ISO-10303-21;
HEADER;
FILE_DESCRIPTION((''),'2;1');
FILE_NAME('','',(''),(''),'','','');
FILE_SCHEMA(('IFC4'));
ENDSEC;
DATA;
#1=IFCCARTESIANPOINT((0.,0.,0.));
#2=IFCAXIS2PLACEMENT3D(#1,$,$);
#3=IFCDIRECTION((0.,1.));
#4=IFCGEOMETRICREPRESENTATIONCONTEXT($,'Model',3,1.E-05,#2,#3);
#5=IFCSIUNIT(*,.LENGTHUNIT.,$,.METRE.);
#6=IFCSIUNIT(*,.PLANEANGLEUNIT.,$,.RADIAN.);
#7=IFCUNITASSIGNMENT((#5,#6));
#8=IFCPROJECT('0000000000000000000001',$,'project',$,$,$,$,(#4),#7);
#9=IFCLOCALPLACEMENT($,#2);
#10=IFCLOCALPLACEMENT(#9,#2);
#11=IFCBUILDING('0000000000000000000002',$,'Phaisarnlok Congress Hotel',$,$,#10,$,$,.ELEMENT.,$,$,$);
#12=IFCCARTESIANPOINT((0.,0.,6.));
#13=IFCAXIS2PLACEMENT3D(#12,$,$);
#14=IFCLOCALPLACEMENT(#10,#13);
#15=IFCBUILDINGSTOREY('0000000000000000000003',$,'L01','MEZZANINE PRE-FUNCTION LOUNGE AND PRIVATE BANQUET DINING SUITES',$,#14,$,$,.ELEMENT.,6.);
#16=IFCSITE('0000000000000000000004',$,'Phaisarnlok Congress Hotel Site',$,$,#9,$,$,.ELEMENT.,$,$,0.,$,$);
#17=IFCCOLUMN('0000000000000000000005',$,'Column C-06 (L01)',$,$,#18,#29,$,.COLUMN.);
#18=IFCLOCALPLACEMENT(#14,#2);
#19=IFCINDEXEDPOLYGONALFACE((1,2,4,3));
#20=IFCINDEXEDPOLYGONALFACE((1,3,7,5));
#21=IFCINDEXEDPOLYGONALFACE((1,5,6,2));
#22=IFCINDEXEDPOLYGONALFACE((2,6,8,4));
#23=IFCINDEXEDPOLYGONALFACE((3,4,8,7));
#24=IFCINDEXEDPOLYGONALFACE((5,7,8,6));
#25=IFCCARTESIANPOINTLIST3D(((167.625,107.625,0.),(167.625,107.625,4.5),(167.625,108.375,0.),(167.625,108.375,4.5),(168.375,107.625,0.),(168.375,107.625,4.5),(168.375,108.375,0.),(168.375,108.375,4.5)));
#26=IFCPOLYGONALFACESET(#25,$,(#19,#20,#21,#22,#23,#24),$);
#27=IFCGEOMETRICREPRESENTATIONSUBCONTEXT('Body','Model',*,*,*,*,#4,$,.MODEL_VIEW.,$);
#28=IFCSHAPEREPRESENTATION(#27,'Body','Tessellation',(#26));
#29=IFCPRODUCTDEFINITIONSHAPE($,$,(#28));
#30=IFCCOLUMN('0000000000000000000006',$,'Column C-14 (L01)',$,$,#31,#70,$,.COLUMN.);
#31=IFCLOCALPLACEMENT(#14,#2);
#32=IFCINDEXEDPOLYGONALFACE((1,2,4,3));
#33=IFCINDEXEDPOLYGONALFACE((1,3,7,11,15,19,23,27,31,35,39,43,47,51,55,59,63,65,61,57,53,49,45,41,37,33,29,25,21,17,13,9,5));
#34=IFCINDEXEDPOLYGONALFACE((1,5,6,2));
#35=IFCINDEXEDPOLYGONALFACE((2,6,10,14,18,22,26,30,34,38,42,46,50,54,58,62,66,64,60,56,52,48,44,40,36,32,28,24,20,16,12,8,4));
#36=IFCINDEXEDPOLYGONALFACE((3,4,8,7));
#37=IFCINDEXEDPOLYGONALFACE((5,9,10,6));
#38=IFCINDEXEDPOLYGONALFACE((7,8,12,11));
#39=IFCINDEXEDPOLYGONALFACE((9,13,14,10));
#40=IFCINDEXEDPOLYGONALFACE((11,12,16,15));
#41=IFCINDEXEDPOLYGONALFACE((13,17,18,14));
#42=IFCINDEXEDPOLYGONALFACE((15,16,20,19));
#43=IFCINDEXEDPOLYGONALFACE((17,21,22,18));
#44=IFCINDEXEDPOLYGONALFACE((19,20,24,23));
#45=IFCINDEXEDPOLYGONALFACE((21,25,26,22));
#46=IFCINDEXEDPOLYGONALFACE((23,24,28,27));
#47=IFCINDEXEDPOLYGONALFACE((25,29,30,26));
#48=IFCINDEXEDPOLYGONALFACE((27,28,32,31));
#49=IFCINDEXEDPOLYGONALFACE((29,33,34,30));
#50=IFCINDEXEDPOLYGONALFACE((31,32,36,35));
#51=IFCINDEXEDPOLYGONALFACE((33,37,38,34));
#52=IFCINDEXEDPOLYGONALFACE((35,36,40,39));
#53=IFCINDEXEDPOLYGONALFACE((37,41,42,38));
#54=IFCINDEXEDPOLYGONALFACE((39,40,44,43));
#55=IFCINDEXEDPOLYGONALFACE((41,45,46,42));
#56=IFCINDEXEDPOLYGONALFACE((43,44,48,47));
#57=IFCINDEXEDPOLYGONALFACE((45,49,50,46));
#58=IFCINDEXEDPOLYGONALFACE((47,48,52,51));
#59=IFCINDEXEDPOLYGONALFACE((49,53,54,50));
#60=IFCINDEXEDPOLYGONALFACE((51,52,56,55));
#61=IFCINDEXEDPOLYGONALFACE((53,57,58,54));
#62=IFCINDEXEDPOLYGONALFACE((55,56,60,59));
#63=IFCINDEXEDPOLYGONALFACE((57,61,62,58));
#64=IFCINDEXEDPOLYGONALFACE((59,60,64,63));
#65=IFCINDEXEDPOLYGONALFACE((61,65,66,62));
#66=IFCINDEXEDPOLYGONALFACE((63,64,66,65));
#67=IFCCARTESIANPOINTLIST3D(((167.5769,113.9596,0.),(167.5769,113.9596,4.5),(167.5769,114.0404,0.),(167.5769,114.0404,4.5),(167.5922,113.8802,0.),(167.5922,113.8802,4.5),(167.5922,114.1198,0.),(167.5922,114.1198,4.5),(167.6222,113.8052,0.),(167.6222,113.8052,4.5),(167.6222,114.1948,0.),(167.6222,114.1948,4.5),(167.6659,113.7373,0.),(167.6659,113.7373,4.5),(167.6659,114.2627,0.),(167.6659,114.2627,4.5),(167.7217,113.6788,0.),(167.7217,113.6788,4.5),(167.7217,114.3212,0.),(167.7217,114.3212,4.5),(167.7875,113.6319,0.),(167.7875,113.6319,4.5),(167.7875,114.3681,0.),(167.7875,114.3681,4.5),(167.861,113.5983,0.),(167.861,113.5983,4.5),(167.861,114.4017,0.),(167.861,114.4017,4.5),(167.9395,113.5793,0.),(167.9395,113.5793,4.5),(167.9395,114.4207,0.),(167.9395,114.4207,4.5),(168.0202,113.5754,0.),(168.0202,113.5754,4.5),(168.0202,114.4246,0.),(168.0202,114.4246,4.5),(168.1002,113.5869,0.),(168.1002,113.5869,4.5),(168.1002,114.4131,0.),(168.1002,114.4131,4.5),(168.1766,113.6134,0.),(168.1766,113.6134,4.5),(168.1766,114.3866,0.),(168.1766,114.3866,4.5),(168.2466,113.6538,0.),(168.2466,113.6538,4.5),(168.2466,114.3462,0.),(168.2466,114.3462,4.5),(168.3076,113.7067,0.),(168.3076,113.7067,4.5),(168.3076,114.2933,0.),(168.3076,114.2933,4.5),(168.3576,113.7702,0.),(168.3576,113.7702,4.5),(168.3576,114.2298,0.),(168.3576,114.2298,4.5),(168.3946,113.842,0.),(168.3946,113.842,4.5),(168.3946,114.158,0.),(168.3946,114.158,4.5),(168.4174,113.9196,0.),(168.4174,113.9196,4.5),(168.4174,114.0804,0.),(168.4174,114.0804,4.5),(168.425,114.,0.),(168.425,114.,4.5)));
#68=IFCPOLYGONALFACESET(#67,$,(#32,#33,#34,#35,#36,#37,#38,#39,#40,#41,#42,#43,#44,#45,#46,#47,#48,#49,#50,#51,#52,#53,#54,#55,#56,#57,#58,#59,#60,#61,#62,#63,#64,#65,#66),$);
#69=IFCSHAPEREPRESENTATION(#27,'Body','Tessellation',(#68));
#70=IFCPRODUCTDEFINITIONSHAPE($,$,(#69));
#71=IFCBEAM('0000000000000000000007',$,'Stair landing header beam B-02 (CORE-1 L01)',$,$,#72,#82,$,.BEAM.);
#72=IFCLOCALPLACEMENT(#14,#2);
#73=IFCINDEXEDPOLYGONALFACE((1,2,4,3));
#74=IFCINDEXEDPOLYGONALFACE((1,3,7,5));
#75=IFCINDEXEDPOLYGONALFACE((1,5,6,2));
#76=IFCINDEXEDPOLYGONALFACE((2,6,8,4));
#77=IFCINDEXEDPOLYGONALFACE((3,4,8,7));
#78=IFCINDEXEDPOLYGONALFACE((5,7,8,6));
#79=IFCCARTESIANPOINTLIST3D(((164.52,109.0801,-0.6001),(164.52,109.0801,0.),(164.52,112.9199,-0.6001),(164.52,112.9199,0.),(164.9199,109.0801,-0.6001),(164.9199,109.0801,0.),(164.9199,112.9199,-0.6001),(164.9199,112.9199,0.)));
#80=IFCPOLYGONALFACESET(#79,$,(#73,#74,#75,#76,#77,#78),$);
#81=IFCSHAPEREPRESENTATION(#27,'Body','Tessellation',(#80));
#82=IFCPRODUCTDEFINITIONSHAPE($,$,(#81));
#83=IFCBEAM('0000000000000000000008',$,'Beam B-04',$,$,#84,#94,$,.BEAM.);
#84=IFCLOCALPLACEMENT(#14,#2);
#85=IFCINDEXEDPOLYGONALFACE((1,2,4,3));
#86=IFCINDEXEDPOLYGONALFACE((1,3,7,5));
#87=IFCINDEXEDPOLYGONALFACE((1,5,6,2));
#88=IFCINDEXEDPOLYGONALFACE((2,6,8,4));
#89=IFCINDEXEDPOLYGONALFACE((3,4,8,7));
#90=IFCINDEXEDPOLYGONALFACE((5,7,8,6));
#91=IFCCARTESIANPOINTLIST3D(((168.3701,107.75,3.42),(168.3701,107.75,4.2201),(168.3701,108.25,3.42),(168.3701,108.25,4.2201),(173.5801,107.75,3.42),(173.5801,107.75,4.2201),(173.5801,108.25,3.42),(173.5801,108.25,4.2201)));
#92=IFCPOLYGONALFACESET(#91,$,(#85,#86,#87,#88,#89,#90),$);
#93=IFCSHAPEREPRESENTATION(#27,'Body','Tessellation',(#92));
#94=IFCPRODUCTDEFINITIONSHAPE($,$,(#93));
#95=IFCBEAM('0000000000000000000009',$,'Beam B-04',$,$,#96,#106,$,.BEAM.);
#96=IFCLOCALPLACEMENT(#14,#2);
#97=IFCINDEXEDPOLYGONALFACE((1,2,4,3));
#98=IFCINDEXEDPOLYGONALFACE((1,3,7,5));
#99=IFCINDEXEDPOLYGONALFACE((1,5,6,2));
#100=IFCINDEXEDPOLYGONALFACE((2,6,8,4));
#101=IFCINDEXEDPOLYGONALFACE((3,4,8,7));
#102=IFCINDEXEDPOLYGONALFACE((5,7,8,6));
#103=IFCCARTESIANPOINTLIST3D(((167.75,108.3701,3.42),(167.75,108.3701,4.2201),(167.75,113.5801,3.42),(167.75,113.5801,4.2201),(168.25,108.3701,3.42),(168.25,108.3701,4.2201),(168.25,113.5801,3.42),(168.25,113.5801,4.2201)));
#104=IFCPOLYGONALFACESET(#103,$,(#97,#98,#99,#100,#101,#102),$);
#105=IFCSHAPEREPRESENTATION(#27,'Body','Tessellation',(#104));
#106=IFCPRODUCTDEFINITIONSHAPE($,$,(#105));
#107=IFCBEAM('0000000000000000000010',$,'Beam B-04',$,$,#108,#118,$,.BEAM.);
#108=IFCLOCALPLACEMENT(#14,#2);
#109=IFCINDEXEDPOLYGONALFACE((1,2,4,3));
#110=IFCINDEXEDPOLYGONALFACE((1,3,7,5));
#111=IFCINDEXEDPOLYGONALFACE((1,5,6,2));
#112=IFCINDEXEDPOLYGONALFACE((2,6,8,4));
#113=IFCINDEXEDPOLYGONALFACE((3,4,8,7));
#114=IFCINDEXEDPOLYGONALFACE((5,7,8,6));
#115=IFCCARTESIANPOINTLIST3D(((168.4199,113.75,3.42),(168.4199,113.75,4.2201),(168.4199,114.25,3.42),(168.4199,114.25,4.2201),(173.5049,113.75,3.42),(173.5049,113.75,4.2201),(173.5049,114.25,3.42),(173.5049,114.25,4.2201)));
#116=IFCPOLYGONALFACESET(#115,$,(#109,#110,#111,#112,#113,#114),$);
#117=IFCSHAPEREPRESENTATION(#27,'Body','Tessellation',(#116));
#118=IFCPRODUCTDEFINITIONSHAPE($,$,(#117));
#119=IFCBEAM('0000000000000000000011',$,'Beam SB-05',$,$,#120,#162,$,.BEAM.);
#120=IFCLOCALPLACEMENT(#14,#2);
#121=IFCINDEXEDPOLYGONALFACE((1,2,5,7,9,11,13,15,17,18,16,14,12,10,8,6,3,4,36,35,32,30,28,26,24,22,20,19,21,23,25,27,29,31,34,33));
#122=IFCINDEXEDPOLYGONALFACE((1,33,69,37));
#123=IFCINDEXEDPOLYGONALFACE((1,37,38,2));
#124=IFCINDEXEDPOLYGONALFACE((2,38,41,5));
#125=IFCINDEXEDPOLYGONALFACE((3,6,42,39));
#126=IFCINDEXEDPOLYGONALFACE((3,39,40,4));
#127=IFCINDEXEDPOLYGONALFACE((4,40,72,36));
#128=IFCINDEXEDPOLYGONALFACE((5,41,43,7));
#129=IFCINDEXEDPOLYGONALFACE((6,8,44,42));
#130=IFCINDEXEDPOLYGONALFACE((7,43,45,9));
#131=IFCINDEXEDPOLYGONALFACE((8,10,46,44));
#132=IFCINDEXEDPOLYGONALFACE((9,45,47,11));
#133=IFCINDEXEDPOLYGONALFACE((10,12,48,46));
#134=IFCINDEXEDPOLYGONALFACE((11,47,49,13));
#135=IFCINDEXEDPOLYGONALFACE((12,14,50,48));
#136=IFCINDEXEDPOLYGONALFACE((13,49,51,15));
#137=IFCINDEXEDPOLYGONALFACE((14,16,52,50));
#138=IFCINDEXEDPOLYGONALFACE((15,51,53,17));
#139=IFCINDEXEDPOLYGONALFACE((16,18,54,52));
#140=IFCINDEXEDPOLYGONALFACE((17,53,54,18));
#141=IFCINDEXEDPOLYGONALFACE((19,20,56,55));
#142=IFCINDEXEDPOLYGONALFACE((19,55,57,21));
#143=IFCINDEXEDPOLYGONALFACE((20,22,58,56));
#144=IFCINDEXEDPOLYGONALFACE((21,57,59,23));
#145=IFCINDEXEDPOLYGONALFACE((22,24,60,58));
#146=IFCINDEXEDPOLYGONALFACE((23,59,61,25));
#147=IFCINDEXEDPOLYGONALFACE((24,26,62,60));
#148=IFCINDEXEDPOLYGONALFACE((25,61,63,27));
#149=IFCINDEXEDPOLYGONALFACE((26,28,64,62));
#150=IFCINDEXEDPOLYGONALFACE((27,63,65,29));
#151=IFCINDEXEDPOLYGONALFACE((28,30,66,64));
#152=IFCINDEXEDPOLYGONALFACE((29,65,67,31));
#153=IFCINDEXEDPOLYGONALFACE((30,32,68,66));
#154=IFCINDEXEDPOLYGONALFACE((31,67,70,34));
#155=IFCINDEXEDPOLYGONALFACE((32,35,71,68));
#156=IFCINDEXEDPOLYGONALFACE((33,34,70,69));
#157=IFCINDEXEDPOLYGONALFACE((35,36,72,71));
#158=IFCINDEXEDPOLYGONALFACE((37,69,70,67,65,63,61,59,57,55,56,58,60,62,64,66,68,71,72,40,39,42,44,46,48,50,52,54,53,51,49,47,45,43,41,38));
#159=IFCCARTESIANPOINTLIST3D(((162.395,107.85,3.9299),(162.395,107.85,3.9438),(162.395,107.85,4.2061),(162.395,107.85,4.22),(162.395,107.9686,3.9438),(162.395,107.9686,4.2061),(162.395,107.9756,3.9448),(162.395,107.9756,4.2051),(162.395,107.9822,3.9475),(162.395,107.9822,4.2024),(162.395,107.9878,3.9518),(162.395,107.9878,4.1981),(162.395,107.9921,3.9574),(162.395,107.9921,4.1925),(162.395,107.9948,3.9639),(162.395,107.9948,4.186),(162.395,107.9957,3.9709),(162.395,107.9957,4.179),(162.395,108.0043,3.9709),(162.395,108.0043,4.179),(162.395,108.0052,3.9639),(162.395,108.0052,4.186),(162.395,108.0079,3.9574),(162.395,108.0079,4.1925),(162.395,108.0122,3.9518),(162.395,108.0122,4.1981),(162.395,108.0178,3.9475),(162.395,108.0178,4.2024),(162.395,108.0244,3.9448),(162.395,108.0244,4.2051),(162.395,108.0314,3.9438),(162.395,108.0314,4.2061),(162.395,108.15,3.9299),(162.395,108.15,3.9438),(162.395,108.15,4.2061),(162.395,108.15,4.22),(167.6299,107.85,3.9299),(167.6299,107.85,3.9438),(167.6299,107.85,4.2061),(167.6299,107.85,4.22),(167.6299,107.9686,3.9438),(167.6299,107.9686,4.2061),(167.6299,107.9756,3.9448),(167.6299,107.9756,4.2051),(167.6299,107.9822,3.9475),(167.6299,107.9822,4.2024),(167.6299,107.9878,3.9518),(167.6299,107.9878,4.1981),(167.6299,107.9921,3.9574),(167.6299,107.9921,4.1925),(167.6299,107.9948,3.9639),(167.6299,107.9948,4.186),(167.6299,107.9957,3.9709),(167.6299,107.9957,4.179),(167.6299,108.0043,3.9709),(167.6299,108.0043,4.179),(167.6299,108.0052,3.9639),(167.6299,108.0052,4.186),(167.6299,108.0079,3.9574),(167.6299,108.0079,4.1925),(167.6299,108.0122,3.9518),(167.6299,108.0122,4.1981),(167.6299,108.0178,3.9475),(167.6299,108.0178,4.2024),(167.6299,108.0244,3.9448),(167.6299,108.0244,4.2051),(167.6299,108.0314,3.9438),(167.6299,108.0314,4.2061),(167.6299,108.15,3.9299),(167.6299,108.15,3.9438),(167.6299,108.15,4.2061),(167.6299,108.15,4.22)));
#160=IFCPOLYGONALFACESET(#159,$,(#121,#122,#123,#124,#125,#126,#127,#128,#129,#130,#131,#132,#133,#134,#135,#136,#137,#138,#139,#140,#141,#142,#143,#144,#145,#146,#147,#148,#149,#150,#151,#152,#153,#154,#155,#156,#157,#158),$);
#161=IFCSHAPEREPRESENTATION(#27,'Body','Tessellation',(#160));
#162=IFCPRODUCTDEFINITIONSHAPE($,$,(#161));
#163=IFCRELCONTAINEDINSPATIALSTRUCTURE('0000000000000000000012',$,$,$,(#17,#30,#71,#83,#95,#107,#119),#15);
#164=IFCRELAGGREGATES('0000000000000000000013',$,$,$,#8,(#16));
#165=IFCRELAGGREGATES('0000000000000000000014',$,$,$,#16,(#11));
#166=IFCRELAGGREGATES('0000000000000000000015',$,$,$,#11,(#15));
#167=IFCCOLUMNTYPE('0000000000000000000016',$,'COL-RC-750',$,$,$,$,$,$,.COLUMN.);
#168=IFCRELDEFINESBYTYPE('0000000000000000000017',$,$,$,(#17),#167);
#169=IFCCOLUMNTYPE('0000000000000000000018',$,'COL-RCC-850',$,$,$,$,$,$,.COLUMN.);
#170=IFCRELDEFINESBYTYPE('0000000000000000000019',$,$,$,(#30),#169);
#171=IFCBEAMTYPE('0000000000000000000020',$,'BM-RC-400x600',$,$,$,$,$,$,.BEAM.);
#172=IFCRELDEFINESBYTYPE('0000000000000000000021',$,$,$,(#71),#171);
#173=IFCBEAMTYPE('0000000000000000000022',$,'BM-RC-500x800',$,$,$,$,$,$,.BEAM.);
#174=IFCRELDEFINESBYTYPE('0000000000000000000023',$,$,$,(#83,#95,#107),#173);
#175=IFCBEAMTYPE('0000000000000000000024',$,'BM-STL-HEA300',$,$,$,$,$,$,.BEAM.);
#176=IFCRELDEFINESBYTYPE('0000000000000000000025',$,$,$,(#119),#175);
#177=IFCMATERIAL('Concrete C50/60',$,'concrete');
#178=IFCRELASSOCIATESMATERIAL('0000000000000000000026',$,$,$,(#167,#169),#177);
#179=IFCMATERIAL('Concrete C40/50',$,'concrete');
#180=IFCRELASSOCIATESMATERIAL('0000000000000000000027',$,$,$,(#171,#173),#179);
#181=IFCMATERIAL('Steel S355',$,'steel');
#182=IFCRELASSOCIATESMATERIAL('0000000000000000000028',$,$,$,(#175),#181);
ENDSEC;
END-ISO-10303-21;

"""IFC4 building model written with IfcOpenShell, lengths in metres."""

from ifc_helpers import new_model, si_unit, direction, frame, origin, origin_2d, place, context, subcontext, project, spatial, rectangle, circle, i_section, extrude, material, material_profile, profile_set, type_object, element, save


model = new_model("IFC4")

# Units and contexts
model_context = context("Model", 3, precision=1e-05, world=origin(), true_north=direction((0.0, 1.0)))
body_context = subcontext(model_context, "Body", "Model", "MODEL_VIEW")
ifc_project = project(units=[si_unit("LENGTHUNIT", "METRE"), si_unit("PLANEANGLEUNIT", "RADIAN")], contexts=[model_context])

# Site, building, storey
site_placement = place(None, origin())
site = spatial("IfcSite", under=ifc_project, at=site_placement, Name="Phaisarnlok Congress Hotel Site", CompositionType="ELEMENT", RefElevation=0.0)
building_placement = place(site_placement, origin())
building = spatial("IfcBuilding", under=site, at=building_placement, Name="Phaisarnlok Congress Hotel", CompositionType="ELEMENT")
storey_placement = place(building_placement, frame((0.0, 0.0, 6.0)))
storey = spatial("IfcBuildingStorey", under=building, at=storey_placement, Name="L01", Description="MEZZANINE PRE-FUNCTION LOUNGE AND PRIVATE BANQUET DINING SUITES", CompositionType="ELEMENT", Elevation=6.0)

# Columns
ifc_material_1 = material(Name="Concrete C50/60", Category="concrete")
ifc_material_profile_1 = material_profile(ifc_material_1, rectangle(XDim=0.75, YDim=0.75, at=origin_2d()), Name="RC 750x750")
ifc_profile_set_1 = profile_set([ifc_material_profile_1], Name="Concrete C50/60")
column_type_1 = type_object("IfcColumnType", Name="COL-RC-750", PredefinedType="COLUMN", material=ifc_profile_set_1)
column_1_placement = place(storey_placement, frame((168.0, 108.0, 0.0), z_axis=(0.0, 0.0, 1.0), x_axis=(1.0, 0.0, 0.0)))
element("IfcColumn", 1, at=column_1_placement, inside=storey, type_object=column_type_1, Name="Column C-06 (L01)", PredefinedType="COLUMN", context=body_context, shape_type="SweptSolid", body=[
    extrude(rectangle(XDim=0.75, YDim=0.75, at=origin_2d()), origin(), (0.0, 0.0, 1.0), 4.5),
])
ifc_material_profile_2 = material_profile(ifc_material_1, circle(Radius=0.425, at=origin_2d()), Name="RCC D850")
ifc_profile_set_2 = profile_set([ifc_material_profile_2], Name="Concrete C50/60")
column_type_2 = type_object("IfcColumnType", Name="COL-RCC-850", PredefinedType="COLUMN", material=ifc_profile_set_2)
column_2_placement = place(storey_placement, frame((168.0, 114.0, 0.0), z_axis=(0.0, 0.0, 1.0), x_axis=(1.0, 0.0, 0.0)))
element("IfcColumn", 2, at=column_2_placement, inside=storey, type_object=column_type_2, Name="Column C-14 (L01)", PredefinedType="COLUMN", context=body_context, shape_type="SweptSolid", body=[
    extrude(circle(Radius=0.425, at=origin_2d()), origin(), (0.0, 0.0, 1.0), 4.5),
])

# Beams
ifc_material_2 = material(Name="Concrete C40/50", Category="concrete")
ifc_material_profile_3 = material_profile(ifc_material_2, rectangle(XDim=0.3999, YDim=0.6001, at=origin_2d()), Name="RC 400x600")
ifc_profile_set_3 = profile_set([ifc_material_profile_3], Name="Concrete C40/50")
beam_type_1 = type_object("IfcBeamType", Name="BM-RC-400x600", PredefinedType="BEAM", material=ifc_profile_set_3)
beam_1_placement = place(storey_placement, frame((164.72, 109.0801, -0.3), z_axis=(0.0, 1.0, 0.0), x_axis=(-1.0, 0.0, 0.0)))
element("IfcBeam", 3, at=beam_1_placement, inside=storey, type_object=beam_type_1, Name="Stair landing header beam B-02 (CORE-1 L01)", PredefinedType="BEAM", context=body_context, shape_type="SweptSolid", body=[
    extrude(rectangle(XDim=0.3999, YDim=0.6001, at=origin_2d()), origin(), (0.0, 0.0, 1.0), 3.8398),
])
ifc_material_profile_4 = material_profile(ifc_material_2, rectangle(XDim=0.5, YDim=0.8, at=origin_2d()), Name="RC 500x800")
ifc_profile_set_4 = profile_set([ifc_material_profile_4], Name="Concrete C40/50")
beam_type_2 = type_object("IfcBeamType", Name="BM-RC-500x800", PredefinedType="BEAM", material=ifc_profile_set_4)
for number, where, z_axis, x_axis, name in (
    (4, (168.3701, 108.0, 3.8201), (1.0, 0.0, 0.0), (0.0, 1.0, 0.0), "Beam B-04"),
    (5, (168.0, 108.3701, 3.8201), (0.0, 1.0, 0.0), (-1.0, 0.0, 0.0), "Beam B-04"),
):
    element("IfcBeam", number, at=place(storey_placement, frame(where, z_axis=z_axis, x_axis=x_axis)), inside=storey, type_object=beam_type_2, Name=name, PredefinedType="BEAM", context=body_context, shape_type="SweptSolid", body=[
        extrude(rectangle(XDim=0.5, YDim=0.8, at=origin_2d()), origin(), (0.0, 0.0, 1.0), 5.21),
    ])
beam_2_placement = place(storey_placement, frame((168.4199, 114.0, 3.8201), z_axis=(1.0, 0.0, 0.0), x_axis=(0.0, 1.0, 0.0)))
element("IfcBeam", 6, at=beam_2_placement, inside=storey, type_object=beam_type_2, Name="Beam B-04", PredefinedType="BEAM", context=body_context, shape_type="SweptSolid", body=[
    extrude(rectangle(XDim=0.5, YDim=0.8, at=origin_2d()), origin(), (0.0, 0.0, 1.0), 5.085),
])
ifc_material_3 = material(Name="Steel S355", Category="steel")
ifc_material_profile_5 = material_profile(ifc_material_3, i_section(OverallWidth=0.3, OverallDepth=0.29, WebThickness=0.0085, FlangeThickness=0.0139, FilletRadius=0.0271, at=origin_2d()), Name="HEA 300")
ifc_profile_set_5 = profile_set([ifc_material_profile_5], Name="Steel S355")
beam_type_3 = type_object("IfcBeamType", Name="BM-STL-HEA300", PredefinedType="BEAM", material=ifc_profile_set_5)
beam_3_placement = place(storey_placement, frame((162.395, 108.0, 4.075), z_axis=(1.0, 0.0, 0.0), x_axis=(0.0, 1.0, 0.0)))
element("IfcBeam", 7, at=beam_3_placement, inside=storey, type_object=beam_type_3, Name="Beam SB-05", PredefinedType="BEAM", context=body_context, shape_type="SweptSolid", body=[
    extrude(i_section(OverallWidth=0.3, OverallDepth=0.29, WebThickness=0.0085, FlangeThickness=0.0139, FilletRadius=0.0271, at=origin_2d()), origin(), (0.0, 0.0, 1.0), 5.2349),
])

save(model, "model.ifc")
